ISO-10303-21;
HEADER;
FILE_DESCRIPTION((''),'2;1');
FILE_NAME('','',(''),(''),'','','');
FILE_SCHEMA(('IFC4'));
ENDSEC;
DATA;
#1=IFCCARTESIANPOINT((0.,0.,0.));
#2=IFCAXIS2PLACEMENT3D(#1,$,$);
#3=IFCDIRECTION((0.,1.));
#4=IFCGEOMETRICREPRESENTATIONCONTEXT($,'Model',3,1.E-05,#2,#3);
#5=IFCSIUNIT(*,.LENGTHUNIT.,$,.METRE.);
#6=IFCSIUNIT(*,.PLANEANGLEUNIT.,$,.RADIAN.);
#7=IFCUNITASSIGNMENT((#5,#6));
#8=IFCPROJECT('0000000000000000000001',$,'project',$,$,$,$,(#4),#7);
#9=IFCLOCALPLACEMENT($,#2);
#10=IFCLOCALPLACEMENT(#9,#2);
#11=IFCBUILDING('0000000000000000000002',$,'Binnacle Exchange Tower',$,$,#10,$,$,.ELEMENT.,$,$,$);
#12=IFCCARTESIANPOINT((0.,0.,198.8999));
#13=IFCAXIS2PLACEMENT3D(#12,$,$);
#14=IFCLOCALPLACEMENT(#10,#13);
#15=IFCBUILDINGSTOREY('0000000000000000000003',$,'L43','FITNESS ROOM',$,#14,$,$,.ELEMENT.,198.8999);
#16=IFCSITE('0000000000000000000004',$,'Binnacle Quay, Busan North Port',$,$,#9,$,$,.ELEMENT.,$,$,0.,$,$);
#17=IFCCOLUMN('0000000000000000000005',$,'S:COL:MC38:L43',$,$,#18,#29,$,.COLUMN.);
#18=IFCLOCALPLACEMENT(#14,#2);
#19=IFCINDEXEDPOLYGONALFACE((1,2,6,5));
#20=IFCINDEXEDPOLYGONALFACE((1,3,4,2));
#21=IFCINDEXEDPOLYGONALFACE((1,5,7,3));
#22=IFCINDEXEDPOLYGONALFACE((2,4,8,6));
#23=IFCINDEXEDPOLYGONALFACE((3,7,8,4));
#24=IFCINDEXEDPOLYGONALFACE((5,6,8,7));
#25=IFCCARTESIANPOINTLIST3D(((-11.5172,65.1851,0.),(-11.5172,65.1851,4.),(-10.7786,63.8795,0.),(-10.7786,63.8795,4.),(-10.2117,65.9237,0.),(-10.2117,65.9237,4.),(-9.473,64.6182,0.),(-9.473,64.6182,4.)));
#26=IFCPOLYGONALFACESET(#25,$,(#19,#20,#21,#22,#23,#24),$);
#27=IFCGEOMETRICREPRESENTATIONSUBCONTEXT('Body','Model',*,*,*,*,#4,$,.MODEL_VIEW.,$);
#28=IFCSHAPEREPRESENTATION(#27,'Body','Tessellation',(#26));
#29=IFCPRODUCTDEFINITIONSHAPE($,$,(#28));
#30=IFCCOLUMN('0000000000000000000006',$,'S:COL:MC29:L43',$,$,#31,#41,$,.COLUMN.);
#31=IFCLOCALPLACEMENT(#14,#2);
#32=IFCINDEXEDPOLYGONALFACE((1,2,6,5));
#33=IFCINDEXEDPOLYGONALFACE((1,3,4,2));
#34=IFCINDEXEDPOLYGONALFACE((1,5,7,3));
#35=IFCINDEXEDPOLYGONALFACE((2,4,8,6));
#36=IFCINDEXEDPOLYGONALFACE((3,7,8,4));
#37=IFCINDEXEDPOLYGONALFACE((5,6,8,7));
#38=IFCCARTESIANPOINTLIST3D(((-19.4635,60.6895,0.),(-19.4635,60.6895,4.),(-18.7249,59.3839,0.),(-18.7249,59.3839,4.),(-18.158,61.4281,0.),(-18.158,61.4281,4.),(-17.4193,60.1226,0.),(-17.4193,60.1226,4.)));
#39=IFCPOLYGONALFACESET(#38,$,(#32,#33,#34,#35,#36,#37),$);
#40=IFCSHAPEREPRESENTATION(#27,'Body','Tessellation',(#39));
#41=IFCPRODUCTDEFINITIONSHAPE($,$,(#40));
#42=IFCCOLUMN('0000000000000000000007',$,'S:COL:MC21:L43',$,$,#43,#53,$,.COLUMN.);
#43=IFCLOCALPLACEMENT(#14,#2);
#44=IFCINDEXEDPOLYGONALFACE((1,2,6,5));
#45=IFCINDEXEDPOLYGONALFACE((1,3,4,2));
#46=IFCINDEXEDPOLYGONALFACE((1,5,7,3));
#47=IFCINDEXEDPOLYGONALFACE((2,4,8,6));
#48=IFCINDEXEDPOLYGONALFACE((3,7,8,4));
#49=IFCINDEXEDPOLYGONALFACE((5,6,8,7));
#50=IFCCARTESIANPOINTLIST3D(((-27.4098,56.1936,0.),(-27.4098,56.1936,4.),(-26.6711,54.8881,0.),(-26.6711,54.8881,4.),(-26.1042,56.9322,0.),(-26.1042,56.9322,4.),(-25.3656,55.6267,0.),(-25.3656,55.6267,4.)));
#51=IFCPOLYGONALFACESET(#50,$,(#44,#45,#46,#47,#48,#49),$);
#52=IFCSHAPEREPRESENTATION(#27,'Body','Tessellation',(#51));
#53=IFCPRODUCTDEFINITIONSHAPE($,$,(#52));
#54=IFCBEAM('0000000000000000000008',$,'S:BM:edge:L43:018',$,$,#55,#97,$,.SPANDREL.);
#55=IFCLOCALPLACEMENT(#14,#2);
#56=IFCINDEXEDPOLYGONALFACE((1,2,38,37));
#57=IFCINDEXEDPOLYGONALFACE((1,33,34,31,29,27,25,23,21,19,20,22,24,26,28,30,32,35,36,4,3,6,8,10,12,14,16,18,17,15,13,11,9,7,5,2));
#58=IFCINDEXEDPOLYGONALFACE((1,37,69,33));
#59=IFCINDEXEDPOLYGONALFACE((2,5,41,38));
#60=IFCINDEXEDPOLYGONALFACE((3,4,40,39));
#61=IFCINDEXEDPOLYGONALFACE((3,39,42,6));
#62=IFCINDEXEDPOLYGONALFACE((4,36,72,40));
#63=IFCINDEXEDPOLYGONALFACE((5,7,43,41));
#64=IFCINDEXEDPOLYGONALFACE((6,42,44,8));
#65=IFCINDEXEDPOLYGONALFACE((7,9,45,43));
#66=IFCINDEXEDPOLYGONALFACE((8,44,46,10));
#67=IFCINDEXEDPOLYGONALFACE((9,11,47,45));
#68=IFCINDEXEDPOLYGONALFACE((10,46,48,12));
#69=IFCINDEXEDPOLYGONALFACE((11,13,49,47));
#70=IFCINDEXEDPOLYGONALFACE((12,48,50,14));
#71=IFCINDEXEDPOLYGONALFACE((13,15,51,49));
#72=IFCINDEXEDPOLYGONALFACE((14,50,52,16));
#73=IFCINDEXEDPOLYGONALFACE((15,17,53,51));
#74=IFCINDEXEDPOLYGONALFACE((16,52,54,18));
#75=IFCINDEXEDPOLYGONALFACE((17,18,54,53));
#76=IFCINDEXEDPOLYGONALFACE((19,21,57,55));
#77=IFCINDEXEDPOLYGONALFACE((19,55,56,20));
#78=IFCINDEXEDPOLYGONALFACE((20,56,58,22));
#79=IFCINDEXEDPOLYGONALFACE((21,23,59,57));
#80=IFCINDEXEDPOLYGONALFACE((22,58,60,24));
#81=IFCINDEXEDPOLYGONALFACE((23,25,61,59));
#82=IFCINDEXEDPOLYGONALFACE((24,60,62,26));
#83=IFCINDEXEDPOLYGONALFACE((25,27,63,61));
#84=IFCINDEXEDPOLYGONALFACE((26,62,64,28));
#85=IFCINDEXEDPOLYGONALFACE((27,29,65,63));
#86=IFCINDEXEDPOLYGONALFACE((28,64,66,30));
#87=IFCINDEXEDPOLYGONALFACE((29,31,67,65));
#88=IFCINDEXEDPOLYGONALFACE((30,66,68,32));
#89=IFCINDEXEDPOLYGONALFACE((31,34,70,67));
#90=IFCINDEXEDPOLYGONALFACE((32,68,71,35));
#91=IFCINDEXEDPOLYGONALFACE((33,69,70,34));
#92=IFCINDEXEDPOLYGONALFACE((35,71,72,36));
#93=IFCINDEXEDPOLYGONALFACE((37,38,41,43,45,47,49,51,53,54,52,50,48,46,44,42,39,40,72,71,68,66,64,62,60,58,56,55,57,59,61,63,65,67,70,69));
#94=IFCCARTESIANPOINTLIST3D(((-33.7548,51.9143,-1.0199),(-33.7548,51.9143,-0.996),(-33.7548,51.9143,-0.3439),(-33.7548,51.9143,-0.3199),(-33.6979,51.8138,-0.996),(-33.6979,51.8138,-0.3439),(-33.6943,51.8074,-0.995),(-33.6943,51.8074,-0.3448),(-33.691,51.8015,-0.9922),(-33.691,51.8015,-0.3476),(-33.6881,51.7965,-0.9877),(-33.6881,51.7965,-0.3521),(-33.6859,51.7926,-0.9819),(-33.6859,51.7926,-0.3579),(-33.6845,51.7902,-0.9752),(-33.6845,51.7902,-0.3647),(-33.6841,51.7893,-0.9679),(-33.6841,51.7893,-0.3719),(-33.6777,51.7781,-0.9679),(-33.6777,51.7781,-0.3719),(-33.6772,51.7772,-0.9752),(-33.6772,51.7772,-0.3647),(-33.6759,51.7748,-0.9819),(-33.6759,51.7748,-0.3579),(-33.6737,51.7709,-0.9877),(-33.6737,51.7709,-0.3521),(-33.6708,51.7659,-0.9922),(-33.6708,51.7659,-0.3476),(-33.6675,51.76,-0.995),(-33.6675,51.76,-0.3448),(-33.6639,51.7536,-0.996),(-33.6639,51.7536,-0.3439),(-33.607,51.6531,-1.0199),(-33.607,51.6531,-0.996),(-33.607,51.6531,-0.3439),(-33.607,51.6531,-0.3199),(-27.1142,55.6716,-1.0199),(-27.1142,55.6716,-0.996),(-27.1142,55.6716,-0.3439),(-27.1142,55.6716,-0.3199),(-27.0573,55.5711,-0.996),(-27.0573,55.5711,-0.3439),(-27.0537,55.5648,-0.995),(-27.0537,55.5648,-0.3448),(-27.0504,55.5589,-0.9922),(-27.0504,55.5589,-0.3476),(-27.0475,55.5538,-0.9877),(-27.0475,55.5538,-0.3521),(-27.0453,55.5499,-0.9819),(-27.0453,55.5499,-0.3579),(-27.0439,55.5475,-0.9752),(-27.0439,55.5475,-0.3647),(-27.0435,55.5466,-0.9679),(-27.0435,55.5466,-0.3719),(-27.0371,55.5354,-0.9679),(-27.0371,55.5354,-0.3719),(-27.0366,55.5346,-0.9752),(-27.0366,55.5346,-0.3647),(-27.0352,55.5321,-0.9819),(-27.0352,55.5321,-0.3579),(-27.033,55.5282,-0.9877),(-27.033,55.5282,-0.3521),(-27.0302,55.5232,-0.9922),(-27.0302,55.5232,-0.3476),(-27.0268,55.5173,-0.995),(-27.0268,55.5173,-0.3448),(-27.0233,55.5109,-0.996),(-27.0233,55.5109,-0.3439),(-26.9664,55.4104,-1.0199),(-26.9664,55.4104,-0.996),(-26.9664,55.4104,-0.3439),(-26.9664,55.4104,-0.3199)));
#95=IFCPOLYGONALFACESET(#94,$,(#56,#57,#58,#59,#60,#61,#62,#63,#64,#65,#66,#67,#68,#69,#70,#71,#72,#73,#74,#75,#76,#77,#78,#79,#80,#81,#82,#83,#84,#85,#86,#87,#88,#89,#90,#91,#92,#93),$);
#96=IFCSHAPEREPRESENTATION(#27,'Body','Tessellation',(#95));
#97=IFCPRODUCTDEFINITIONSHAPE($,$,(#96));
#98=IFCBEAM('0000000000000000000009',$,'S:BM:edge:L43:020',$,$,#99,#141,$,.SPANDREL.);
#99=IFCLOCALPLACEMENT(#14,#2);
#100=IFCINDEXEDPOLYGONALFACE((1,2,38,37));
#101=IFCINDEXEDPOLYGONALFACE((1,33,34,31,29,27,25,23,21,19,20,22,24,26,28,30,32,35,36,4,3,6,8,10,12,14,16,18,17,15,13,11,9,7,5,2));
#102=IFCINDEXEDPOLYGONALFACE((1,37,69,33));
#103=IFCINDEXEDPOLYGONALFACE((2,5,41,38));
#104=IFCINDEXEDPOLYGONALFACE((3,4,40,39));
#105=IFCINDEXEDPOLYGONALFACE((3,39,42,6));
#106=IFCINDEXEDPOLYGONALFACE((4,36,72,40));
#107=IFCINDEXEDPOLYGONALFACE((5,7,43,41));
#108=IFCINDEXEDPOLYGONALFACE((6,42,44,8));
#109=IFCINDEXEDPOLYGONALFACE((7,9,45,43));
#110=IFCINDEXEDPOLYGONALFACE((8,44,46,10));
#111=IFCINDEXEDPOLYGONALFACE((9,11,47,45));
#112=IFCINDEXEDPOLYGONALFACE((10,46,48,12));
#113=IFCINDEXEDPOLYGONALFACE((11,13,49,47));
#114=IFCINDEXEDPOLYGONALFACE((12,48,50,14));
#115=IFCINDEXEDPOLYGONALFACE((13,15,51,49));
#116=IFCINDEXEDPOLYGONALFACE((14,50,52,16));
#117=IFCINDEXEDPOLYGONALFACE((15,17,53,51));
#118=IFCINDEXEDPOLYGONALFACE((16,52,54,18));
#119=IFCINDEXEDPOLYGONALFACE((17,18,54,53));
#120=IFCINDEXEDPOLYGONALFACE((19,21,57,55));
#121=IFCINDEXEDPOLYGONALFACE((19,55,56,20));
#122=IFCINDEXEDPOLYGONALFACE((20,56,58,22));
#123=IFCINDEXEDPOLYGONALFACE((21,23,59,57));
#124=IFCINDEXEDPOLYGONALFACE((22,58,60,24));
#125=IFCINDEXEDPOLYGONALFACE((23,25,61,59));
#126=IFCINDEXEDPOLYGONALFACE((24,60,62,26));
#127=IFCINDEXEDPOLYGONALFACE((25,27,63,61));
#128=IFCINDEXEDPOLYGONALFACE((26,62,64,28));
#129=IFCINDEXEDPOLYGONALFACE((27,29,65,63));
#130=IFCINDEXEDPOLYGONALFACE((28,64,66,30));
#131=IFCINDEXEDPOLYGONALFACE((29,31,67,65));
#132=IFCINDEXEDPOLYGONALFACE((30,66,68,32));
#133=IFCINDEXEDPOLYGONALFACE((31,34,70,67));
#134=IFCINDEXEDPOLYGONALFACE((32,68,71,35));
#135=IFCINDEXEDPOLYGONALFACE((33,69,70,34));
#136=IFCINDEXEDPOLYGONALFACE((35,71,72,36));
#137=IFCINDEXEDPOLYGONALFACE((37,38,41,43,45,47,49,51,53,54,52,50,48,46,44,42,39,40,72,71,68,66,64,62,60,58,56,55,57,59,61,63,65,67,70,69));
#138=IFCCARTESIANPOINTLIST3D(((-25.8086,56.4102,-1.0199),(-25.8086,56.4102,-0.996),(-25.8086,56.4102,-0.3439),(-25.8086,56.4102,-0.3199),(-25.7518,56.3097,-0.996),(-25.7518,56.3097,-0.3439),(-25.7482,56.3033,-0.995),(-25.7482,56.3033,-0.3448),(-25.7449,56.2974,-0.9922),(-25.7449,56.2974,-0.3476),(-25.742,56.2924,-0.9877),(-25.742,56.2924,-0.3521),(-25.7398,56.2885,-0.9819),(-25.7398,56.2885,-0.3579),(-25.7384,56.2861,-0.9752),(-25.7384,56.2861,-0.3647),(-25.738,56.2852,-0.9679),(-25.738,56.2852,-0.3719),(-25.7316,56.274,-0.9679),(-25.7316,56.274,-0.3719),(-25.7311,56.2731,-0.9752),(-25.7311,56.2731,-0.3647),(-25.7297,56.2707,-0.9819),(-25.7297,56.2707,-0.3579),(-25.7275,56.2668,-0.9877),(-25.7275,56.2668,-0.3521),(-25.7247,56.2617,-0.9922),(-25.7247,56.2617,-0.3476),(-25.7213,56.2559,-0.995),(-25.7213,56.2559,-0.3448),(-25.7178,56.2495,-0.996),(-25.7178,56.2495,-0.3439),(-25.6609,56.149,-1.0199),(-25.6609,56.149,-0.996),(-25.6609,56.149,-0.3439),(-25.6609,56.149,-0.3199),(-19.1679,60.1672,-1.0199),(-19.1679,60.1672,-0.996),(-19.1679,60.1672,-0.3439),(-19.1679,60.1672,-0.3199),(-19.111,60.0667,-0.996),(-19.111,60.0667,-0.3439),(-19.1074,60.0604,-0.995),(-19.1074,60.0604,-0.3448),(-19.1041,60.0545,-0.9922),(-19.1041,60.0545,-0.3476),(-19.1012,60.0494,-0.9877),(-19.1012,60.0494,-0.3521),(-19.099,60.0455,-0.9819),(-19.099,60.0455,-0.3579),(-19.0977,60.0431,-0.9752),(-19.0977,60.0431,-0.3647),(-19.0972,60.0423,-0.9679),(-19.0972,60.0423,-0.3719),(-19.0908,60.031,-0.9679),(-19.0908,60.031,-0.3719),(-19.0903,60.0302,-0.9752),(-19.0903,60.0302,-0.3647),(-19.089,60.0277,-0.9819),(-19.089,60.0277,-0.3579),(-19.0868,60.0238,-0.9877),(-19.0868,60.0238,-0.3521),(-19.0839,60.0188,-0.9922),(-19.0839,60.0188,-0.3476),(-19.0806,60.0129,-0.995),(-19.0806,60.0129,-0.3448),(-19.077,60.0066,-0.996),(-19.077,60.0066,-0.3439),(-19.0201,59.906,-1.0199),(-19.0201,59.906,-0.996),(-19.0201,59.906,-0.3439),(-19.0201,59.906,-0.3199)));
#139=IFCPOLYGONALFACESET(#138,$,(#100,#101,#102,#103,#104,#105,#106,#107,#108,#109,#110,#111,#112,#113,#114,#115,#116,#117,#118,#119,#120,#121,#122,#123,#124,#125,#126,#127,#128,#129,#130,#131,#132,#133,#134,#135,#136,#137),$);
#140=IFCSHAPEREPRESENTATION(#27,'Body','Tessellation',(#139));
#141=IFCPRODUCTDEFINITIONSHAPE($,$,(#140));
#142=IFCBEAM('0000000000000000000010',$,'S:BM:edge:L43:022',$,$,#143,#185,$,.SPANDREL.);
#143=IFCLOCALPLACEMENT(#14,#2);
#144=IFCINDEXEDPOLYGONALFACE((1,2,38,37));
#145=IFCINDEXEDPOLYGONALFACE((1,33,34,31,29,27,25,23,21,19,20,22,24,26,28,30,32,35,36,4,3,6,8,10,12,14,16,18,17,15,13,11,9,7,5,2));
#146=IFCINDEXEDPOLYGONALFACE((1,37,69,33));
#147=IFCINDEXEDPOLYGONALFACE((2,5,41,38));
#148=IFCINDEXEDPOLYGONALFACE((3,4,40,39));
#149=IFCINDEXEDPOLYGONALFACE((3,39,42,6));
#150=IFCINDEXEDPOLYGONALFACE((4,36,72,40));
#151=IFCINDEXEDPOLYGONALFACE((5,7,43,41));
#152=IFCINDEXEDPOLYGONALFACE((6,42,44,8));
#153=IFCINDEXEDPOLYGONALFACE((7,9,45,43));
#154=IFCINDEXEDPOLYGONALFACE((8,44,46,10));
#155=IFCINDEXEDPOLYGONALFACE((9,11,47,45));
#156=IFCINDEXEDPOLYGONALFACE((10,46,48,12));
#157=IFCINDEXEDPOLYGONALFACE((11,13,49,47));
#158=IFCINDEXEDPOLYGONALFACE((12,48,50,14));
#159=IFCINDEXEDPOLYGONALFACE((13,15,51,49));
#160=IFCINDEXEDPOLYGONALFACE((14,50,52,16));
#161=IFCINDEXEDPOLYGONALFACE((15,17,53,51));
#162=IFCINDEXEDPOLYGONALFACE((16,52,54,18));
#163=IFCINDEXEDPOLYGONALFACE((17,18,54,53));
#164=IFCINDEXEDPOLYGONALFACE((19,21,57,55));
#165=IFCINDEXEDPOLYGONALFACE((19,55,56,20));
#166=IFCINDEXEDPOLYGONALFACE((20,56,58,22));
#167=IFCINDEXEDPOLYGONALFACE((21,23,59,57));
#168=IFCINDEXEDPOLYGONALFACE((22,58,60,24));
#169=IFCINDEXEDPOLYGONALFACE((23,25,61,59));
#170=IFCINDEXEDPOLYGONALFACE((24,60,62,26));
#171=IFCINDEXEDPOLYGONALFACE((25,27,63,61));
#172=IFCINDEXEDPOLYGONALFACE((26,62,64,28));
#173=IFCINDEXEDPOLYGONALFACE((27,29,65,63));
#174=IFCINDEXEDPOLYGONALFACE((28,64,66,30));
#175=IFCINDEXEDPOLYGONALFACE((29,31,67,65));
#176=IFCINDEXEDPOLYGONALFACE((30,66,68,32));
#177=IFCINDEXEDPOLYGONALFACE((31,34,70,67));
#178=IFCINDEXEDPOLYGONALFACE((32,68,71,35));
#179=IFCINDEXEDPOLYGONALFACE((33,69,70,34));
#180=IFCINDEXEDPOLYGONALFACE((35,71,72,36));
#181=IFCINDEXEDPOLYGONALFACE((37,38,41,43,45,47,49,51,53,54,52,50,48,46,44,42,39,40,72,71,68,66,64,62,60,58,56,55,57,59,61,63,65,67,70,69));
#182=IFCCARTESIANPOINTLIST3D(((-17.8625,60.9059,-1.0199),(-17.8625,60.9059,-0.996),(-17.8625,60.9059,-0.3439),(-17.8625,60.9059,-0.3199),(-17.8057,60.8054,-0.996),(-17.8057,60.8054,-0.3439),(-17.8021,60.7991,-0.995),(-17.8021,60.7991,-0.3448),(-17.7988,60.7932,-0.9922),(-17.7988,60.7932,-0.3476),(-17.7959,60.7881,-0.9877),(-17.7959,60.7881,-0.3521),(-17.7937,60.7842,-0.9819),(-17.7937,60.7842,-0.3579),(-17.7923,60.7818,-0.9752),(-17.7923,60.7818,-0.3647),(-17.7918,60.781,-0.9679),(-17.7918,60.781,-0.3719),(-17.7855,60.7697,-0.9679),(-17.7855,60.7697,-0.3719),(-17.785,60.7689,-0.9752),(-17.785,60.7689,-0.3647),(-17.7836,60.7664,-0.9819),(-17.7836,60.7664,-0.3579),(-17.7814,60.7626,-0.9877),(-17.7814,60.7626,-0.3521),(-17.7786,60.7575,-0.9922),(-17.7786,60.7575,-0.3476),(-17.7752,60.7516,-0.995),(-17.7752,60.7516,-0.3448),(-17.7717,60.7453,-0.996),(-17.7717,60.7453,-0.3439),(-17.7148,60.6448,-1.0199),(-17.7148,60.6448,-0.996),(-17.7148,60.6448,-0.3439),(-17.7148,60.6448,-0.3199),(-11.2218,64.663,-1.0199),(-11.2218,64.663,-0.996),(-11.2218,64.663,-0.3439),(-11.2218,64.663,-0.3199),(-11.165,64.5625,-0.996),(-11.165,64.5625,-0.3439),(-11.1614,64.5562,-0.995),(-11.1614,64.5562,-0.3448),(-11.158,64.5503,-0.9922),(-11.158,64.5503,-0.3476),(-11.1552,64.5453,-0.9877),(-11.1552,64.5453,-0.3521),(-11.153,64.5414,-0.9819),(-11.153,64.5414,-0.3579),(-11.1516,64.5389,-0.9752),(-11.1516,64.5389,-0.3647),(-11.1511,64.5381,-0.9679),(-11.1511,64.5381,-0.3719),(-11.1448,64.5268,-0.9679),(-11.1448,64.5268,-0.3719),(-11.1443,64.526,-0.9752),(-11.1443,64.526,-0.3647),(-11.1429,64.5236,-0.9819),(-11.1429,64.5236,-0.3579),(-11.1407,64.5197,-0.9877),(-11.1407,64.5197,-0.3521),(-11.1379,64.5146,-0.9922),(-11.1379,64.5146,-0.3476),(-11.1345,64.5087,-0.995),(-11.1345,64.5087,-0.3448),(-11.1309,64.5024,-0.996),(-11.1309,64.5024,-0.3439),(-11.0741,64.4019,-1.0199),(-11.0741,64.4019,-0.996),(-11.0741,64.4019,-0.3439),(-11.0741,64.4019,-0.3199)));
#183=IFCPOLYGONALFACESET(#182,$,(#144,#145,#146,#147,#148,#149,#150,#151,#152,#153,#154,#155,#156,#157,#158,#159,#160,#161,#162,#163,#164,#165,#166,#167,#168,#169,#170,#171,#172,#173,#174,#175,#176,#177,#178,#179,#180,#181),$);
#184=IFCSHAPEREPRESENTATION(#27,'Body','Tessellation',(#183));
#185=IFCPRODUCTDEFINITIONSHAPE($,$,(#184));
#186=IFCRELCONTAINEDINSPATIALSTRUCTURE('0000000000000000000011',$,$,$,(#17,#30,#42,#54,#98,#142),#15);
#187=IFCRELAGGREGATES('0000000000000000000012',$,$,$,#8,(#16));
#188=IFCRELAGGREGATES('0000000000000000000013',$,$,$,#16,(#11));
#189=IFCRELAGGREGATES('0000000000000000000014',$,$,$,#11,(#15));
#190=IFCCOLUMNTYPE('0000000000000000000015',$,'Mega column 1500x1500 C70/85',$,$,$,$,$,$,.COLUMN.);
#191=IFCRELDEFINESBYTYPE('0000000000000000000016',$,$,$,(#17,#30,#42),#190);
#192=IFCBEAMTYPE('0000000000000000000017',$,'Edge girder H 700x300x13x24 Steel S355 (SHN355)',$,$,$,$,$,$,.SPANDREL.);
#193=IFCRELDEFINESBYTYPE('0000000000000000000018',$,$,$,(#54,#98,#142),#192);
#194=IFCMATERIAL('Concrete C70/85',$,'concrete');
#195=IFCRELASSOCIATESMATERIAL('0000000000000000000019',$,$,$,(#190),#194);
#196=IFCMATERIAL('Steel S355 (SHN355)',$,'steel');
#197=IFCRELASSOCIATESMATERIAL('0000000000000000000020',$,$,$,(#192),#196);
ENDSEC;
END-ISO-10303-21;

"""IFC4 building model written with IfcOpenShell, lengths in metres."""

from ifc_helpers import new_model, si_unit, direction, frame, origin, origin_2d, place, context, subcontext, project, spatial, rectangle, i_section, extrude, material, material_profile, profile_set, type_object, element, save


model = new_model("IFC4")

# Units and contexts
model_context = context("Model", 3, precision=1e-05, world=origin(), true_north=direction((0.0, 1.0)))
body_context = subcontext(model_context, "Body", "Model", "MODEL_VIEW")
ifc_project = project(units=[si_unit("LENGTHUNIT", "METRE"), si_unit("PLANEANGLEUNIT", "RADIAN")], contexts=[model_context])

# Site, building, storey
site_placement = place(None, origin())
site = spatial("IfcSite", under=ifc_project, at=site_placement, Name="Binnacle Quay, Busan North Port", CompositionType="ELEMENT", RefElevation=0.0)
building_placement = place(site_placement, origin())
building = spatial("IfcBuilding", under=site, at=building_placement, Name="Binnacle Exchange Tower", CompositionType="ELEMENT")
storey_placement = place(building_placement, frame((0.0, 0.0, 198.8999)))
storey = spatial("IfcBuildingStorey", under=building, at=storey_placement, Name="L43", Description="FITNESS ROOM", CompositionType="ELEMENT", Elevation=198.8999)

# Columns
ifc_material_1 = material(Name="Concrete C70/85", Category="concrete")
ifc_material_profile_1 = material_profile(ifc_material_1, rectangle(XDim=1.5, YDim=1.5, at=origin_2d()), Name="Mega column 1500x1500 C70/85")
ifc_profile_set_1 = profile_set([ifc_material_profile_1], Name="Concrete C70/85")
column_type = type_object("IfcColumnType", Name="Mega column 1500x1500 C70/85", PredefinedType="COLUMN", material=ifc_profile_set_1)
for number, where, z_axis, x_axis, name in (
    (1, (-10.4951, 64.9016, 0.0), (0.0, 0.0, 1.0), (-0.870356, -0.492424, 0.0), "S:COL:MC38:L43"),
    (2, (-18.4414, 60.406, 0.0), (0.0, 0.0, 1.0), (-0.870356, -0.492424, 0.0), "S:COL:MC29:L43"),
    (3, (-26.3877, 55.9102, 0.0), (0.0, 0.0, 1.0), (-0.870356, -0.492424, 0.0), "S:COL:MC21:L43"),
):
    element("IfcColumn", number, at=place(storey_placement, frame(where, z_axis=z_axis, x_axis=x_axis)), inside=storey, type_object=column_type, Name=name, PredefinedType="COLUMN", context=body_context, shape_type="SweptSolid", body=[
        extrude(rectangle(XDim=1.5, YDim=1.5, at=origin_2d()), origin(), (0.0, 0.0, 1.0), 4.0),
    ])

# Beams
ifc_material_2 = material(Name="Steel S355 (SHN355)", Category="steel")
ifc_material_profile_2 = material_profile(ifc_material_2, i_section(OverallWidth=0.3, OverallDepth=0.7, WebThickness=0.0129, FlangeThickness=0.0239, FilletRadius=0.0281, at=origin_2d()), Name="H 700x300x13x24")
ifc_profile_set_2 = profile_set([ifc_material_profile_2], Name="Steel S355 (SHN355)")
beam_type_1 = type_object("IfcBeamType", Name="Edge girder H 700x300x13x24 Steel S355 (SHN355)", PredefinedType="SPANDREL", material=ifc_profile_set_2)
for number, where, z_axis, x_axis, name in (
    (4, (-27.0403, 55.541, -0.6699), (-0.870342, -0.492447, 0.0), (0.492447, -0.870342, 0.0), "S:BM:edge:L43:018"),
    (5, (-19.094, 60.0366, -0.6699), (-0.870364, -0.492409, 0.0), (0.492409, -0.870364, 0.0), "S:BM:edge:L43:020"),
    (6, (-11.1479, 64.5325, -0.6699), (-0.870356, -0.492423, 0.0), (0.492423, -0.870356, 0.0), "S:BM:edge:L43:022"),
):
    element("IfcBeam", number, at=place(storey_placement, frame(where, z_axis=z_axis, x_axis=x_axis)), inside=storey, type_object=beam_type_1, Name=name, PredefinedType="SPANDREL", context=body_context, shape_type="SweptSolid", body=[
        extrude(i_section(OverallWidth=0.3, OverallDepth=0.7, WebThickness=0.0129, FlangeThickness=0.0239, FilletRadius=0.0281, at=origin_2d()), origin(), (0.0, 0.0, 1.0), 7.6299),
    ])

save(model, "model.ifc")
